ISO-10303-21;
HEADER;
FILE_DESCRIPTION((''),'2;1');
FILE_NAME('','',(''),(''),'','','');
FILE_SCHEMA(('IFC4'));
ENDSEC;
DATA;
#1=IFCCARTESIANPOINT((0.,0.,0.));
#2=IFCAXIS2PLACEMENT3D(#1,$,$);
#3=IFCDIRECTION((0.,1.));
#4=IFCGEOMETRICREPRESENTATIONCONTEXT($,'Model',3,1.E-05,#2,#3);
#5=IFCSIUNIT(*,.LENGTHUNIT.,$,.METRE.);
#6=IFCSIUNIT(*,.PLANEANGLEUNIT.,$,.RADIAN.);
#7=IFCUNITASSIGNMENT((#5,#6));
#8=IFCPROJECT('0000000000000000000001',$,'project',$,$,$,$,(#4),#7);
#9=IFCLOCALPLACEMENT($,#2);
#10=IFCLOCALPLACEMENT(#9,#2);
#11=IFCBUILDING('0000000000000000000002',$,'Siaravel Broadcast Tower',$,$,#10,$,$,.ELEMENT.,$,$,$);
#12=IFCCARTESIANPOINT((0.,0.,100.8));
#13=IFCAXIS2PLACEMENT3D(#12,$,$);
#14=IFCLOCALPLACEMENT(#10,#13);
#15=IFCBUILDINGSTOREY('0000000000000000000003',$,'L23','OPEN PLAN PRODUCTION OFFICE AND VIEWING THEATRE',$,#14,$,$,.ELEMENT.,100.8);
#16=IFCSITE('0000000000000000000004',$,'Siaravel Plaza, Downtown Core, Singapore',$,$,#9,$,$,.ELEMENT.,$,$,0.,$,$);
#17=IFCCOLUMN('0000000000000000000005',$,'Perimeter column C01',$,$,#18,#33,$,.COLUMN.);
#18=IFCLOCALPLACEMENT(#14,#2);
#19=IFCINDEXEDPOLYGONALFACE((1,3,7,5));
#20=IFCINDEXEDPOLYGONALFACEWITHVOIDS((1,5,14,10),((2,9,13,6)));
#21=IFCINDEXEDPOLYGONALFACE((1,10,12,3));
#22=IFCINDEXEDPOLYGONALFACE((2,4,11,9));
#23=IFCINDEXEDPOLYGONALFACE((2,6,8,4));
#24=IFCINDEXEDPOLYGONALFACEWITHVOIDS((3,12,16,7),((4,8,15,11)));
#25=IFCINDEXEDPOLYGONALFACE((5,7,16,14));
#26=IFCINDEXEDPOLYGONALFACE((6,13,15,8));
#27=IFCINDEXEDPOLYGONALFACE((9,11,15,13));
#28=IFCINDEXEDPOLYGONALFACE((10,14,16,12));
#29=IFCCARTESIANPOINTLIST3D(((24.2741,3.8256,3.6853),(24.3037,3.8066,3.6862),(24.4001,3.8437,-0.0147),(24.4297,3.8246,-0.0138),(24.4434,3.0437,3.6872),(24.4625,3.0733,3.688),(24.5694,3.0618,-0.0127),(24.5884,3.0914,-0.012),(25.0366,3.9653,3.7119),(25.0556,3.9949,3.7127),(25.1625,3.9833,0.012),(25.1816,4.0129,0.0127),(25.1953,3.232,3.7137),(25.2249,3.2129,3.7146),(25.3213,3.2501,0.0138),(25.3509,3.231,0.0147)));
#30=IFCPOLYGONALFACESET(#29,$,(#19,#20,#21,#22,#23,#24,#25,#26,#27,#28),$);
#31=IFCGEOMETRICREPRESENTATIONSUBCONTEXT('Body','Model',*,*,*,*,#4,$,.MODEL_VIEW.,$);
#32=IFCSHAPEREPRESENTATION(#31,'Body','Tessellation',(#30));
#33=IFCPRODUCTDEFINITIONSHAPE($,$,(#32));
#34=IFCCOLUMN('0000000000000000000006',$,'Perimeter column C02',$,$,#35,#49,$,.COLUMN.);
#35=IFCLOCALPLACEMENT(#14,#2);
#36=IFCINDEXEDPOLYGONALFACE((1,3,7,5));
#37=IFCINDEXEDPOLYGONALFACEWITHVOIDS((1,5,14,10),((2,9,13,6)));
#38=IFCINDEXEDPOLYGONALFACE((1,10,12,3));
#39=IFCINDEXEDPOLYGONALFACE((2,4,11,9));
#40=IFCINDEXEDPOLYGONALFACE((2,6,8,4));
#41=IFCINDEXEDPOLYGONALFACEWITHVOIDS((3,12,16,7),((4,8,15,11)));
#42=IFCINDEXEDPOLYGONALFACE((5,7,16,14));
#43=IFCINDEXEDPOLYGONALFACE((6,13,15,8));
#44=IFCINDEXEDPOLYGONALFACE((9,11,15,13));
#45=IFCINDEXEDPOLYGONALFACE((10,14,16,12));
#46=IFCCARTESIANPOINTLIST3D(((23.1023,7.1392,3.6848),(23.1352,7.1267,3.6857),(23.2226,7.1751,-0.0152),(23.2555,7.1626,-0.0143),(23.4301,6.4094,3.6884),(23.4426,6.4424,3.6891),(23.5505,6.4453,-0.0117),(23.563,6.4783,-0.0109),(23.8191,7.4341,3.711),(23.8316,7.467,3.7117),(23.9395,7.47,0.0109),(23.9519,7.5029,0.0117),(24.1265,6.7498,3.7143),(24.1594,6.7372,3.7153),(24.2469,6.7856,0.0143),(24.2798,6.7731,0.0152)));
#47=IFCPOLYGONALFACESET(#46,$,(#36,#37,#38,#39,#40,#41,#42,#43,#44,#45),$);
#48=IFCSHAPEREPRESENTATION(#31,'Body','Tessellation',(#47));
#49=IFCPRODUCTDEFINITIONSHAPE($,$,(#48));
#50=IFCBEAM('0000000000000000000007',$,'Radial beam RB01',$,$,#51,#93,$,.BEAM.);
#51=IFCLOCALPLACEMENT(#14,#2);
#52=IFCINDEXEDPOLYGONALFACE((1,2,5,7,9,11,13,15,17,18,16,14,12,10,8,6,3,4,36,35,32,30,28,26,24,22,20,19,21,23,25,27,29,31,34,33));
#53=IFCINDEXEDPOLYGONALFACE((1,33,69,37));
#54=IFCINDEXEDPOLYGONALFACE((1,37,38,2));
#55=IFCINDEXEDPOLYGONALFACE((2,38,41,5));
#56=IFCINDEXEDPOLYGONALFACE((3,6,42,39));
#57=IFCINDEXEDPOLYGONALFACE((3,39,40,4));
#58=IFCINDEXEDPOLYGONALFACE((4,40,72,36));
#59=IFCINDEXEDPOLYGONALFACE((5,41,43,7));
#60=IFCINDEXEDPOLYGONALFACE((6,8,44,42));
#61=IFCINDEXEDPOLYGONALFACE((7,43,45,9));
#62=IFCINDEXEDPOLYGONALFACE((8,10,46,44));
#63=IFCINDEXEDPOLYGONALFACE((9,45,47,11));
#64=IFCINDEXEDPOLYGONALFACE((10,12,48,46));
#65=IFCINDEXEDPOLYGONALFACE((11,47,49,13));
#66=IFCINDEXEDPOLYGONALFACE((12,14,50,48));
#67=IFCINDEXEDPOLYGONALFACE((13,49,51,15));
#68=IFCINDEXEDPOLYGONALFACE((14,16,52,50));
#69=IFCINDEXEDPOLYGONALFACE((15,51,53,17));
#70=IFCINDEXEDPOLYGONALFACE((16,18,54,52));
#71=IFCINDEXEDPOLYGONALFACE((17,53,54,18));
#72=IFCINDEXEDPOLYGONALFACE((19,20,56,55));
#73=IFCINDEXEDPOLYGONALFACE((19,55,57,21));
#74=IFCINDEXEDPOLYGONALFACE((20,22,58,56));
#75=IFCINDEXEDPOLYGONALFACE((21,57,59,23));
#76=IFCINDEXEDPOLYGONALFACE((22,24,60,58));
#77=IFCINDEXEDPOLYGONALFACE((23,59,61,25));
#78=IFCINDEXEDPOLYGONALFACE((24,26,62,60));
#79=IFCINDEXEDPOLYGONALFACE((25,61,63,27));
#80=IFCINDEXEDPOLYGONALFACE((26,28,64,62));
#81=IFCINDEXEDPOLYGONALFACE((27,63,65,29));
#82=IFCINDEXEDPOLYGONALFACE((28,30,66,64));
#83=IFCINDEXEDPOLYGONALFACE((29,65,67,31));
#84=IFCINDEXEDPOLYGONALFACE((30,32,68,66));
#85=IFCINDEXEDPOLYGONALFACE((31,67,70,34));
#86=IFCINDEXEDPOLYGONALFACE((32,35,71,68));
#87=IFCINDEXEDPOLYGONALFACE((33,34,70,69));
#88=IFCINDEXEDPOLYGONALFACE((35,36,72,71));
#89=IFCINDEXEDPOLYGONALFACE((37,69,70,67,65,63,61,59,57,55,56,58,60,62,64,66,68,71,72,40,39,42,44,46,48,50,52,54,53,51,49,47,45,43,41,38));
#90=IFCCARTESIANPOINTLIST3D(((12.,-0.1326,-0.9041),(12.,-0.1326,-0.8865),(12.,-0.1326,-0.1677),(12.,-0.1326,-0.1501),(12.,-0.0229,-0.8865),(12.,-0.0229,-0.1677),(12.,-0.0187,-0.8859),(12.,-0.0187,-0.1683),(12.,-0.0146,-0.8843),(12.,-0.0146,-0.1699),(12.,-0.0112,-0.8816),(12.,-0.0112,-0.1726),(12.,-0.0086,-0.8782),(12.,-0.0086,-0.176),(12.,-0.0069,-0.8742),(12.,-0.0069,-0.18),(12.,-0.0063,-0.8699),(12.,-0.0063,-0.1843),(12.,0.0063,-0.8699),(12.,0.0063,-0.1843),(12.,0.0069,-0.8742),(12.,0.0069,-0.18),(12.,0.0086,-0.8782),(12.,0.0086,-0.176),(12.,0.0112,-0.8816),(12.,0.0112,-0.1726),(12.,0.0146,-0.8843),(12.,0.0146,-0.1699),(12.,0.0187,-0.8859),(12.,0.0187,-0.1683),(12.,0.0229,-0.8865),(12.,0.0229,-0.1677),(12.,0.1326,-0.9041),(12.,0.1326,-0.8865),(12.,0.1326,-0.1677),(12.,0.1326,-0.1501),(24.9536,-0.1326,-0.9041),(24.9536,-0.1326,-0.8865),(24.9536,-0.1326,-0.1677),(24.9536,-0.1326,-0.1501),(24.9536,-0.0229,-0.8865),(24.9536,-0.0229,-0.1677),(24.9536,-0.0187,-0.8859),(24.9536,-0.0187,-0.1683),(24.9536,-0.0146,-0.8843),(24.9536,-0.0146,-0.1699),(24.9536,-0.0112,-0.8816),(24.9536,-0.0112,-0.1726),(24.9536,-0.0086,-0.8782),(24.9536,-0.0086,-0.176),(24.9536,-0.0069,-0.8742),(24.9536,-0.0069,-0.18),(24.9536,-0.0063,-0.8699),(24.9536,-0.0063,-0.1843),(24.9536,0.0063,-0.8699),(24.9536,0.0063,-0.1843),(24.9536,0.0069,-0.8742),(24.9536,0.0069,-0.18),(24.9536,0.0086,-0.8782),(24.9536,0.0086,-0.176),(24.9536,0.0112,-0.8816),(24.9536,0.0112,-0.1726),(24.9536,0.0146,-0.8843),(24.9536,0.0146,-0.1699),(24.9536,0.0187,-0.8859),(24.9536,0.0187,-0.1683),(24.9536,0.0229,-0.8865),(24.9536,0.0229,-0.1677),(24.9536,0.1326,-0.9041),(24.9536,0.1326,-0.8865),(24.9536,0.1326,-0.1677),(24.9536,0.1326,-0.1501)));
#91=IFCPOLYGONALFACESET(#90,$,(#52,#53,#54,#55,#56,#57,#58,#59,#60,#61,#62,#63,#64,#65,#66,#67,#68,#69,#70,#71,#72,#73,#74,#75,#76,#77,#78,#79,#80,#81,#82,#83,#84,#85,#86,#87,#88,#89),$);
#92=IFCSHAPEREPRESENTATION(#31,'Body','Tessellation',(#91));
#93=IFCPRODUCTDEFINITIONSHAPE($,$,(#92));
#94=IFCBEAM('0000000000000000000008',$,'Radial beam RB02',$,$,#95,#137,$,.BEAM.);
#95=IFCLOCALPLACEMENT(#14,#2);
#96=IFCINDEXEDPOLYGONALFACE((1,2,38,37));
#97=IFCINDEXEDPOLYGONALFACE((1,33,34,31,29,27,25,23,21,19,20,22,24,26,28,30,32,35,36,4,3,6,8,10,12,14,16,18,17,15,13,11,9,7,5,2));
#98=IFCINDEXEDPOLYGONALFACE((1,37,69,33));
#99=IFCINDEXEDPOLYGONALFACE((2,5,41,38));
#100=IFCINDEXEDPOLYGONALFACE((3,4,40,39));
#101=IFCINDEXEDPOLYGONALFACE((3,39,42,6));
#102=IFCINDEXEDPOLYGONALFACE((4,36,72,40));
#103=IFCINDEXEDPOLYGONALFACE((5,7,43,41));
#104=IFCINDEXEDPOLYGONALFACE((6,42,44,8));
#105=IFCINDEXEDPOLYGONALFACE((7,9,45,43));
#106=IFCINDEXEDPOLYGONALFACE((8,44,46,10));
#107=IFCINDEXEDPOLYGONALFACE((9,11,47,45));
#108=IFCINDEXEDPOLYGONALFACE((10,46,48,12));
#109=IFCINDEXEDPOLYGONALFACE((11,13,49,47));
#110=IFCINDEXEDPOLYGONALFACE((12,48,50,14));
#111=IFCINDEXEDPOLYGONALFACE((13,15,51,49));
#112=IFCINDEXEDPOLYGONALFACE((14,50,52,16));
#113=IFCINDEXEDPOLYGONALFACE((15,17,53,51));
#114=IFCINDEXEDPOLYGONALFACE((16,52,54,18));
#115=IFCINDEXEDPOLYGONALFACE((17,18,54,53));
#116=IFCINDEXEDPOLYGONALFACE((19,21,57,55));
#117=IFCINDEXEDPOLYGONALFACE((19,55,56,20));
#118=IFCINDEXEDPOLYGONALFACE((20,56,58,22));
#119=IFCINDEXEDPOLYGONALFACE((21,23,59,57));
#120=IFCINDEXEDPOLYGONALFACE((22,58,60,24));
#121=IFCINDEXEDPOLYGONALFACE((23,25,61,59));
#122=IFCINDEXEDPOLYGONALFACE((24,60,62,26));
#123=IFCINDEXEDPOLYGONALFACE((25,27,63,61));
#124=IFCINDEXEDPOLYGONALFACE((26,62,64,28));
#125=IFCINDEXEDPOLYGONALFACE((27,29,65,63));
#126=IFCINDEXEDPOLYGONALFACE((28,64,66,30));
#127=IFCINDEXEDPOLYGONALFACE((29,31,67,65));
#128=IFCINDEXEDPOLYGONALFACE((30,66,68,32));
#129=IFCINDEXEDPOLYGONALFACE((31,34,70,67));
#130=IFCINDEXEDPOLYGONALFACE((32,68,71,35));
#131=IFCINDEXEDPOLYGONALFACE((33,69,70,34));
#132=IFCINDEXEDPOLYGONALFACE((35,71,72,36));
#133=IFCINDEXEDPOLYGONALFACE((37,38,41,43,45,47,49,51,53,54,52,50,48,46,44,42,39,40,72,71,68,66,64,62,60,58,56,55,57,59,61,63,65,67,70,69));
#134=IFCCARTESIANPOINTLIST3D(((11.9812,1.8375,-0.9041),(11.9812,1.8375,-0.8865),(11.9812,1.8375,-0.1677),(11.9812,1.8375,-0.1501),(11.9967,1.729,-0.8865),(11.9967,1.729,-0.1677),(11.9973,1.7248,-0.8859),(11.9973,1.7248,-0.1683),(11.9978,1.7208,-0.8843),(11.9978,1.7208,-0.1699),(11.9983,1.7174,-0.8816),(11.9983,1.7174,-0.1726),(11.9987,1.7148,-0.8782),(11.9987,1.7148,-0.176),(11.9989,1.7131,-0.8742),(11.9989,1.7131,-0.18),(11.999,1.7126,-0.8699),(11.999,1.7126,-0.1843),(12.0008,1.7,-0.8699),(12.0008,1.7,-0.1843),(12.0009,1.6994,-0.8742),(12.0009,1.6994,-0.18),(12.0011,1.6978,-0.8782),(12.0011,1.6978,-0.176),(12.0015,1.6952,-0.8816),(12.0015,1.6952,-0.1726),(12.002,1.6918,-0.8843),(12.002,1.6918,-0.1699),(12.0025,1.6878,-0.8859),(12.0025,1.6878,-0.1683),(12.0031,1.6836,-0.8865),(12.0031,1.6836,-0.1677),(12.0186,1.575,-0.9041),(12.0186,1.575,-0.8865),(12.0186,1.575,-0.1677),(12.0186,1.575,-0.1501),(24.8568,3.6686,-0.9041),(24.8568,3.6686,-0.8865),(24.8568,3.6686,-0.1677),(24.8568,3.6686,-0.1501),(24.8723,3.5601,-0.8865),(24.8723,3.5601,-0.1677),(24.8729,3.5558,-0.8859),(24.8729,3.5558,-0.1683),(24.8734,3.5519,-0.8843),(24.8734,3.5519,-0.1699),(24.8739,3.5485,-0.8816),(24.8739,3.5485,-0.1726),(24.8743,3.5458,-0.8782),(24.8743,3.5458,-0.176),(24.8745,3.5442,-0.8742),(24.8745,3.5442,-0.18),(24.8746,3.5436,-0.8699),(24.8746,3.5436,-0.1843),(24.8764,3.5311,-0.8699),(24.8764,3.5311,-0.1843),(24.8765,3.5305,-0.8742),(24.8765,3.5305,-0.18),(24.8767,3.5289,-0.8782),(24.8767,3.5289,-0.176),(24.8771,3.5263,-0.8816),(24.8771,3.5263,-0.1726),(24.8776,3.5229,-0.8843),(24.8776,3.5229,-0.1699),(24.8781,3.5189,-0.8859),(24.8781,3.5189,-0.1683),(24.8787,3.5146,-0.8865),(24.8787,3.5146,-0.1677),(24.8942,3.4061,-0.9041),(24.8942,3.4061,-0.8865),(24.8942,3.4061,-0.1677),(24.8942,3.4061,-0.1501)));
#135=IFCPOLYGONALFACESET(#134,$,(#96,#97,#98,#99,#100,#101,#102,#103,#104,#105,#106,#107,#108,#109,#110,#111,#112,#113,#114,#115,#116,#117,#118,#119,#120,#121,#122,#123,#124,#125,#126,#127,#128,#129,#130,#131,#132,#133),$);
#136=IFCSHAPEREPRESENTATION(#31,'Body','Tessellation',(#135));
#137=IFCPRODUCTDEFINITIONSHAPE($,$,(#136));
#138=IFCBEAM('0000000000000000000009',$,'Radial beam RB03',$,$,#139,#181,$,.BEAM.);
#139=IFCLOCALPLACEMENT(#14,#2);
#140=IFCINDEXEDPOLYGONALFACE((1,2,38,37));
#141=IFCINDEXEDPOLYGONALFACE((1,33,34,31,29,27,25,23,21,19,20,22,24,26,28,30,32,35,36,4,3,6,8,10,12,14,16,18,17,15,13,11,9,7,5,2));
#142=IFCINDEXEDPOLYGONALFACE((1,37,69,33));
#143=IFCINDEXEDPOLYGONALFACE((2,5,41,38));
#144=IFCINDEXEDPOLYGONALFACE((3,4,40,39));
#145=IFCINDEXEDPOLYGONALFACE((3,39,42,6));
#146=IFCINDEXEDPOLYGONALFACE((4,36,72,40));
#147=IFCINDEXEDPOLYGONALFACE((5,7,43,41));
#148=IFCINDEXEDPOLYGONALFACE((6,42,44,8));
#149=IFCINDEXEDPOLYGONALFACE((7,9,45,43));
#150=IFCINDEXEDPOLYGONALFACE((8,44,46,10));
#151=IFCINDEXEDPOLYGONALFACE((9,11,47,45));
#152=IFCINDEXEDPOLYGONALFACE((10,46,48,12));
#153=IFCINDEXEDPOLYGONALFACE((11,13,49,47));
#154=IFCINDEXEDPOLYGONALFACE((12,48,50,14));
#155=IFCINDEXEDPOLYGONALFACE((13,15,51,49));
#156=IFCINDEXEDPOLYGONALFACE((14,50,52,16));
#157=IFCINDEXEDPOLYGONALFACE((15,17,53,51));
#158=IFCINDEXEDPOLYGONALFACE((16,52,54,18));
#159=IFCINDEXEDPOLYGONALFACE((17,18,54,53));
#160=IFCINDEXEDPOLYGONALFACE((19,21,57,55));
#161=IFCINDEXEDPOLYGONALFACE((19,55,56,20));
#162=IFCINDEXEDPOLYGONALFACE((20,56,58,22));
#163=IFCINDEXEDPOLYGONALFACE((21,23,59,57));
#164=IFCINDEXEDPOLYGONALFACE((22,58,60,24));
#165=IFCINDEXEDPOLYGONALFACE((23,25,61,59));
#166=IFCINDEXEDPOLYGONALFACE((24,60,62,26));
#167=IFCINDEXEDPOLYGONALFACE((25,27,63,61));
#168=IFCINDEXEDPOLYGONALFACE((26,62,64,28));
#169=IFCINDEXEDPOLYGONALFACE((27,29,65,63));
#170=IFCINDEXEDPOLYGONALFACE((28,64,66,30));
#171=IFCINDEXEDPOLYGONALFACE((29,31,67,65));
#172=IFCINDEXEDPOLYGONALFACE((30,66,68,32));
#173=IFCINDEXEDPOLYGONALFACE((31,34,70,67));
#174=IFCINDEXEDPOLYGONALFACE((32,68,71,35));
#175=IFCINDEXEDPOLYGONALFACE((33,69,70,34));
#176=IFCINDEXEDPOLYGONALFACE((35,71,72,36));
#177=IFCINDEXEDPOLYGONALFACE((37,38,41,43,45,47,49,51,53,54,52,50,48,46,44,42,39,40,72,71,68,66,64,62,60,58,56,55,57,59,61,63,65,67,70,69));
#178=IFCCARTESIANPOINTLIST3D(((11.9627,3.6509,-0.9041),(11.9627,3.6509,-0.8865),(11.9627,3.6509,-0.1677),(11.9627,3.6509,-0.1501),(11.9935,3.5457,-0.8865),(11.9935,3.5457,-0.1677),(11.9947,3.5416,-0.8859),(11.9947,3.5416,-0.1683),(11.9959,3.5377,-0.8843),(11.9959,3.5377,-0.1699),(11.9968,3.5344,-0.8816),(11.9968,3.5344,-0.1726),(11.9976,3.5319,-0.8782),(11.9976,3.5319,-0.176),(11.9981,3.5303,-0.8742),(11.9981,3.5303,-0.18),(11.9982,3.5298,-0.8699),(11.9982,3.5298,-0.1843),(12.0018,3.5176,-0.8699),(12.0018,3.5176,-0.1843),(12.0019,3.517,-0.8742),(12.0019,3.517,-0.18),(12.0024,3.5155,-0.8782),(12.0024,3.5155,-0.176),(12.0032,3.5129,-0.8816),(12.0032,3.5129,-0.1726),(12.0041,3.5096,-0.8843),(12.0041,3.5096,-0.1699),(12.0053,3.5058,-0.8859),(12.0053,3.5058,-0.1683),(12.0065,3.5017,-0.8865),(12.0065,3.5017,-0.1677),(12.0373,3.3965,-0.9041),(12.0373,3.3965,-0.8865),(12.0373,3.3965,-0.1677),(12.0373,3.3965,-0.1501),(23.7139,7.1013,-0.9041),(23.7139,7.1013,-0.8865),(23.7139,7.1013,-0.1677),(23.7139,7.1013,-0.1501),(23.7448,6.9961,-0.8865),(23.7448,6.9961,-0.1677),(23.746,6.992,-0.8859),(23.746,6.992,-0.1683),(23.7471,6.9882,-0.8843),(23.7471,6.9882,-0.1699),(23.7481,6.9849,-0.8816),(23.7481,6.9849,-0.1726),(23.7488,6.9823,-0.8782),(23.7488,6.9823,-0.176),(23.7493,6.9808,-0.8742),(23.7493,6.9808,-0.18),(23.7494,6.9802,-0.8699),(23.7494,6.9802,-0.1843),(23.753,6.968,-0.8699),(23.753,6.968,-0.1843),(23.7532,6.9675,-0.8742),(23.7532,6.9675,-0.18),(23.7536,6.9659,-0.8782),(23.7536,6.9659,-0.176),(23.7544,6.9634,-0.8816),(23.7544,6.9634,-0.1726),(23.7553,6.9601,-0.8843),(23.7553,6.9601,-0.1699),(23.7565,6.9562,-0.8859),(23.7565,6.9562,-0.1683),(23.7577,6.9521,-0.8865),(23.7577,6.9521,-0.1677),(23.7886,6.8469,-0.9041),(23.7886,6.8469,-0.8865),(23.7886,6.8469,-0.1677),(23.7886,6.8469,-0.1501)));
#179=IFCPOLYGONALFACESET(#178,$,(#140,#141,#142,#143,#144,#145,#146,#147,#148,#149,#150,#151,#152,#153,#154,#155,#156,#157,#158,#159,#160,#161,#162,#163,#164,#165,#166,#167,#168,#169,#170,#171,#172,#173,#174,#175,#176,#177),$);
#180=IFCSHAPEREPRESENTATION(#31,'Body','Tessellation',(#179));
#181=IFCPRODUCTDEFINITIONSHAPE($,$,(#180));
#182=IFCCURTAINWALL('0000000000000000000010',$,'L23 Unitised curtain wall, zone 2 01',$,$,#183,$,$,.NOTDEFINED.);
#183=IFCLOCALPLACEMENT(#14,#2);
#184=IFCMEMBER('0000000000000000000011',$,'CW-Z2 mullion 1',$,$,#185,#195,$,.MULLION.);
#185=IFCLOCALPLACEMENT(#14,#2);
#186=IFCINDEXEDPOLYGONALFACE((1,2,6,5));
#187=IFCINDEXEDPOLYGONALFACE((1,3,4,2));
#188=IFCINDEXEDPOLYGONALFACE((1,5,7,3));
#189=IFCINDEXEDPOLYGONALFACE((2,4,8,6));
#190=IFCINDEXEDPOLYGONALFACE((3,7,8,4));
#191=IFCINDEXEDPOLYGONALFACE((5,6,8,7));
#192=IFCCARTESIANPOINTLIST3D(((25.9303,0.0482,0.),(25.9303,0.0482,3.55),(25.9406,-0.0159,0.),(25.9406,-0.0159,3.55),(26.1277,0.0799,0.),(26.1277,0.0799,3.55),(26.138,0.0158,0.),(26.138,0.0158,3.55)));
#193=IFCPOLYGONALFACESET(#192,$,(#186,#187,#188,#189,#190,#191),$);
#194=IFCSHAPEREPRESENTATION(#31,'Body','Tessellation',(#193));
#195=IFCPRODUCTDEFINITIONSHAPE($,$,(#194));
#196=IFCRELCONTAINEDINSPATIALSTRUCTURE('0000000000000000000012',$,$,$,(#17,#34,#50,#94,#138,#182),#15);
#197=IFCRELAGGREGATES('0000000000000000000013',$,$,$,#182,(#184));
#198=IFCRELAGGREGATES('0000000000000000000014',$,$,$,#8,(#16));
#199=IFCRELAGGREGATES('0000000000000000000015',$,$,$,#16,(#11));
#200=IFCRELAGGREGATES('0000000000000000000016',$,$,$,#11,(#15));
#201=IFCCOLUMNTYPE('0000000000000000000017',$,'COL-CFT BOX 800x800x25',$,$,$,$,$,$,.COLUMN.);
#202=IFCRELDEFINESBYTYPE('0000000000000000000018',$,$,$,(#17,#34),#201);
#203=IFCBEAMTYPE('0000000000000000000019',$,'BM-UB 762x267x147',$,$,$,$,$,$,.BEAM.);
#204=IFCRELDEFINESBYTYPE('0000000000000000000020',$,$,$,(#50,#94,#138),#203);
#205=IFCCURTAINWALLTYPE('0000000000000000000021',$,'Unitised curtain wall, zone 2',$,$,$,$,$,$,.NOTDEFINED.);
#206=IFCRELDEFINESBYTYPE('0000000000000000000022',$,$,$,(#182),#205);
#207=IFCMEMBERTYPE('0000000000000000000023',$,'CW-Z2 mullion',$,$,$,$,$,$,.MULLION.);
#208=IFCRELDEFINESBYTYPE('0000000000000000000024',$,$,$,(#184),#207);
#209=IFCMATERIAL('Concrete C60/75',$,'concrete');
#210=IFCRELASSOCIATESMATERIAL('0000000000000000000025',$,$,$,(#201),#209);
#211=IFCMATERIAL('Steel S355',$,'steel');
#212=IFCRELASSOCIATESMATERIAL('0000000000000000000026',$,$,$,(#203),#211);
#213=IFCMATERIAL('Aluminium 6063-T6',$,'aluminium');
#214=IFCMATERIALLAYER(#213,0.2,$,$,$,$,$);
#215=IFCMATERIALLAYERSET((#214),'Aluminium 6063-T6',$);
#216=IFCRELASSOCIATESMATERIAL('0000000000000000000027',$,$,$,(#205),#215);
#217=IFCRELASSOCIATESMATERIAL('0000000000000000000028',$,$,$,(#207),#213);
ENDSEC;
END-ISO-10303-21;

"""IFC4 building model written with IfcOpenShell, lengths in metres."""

from ifc_helpers import new_model, si_unit, direction, frame, origin, origin_2d, place, context, subcontext, project, spatial, rectangle, hollow_rectangle, i_section, extrude, material, layer, layer_set, material_profile, profile_set, type_object, element, aggregate, save


model = new_model("IFC4")

# Units and contexts
model_context = context("Model", 3, precision=1e-05, world=origin(), true_north=direction((0.0, 1.0)))
body_context = subcontext(model_context, "Body", "Model", "MODEL_VIEW")
ifc_project = project(units=[si_unit("LENGTHUNIT", "METRE"), si_unit("PLANEANGLEUNIT", "RADIAN")], contexts=[model_context])

# Site, building, storey
site_placement = place(None, origin())
site = spatial("IfcSite", under=ifc_project, at=site_placement, Name="Siaravel Plaza, Downtown Core, Singapore", CompositionType="ELEMENT", RefElevation=0.0)
building_placement = place(site_placement, origin())
building = spatial("IfcBuilding", under=site, at=building_placement, Name="Siaravel Broadcast Tower", CompositionType="ELEMENT")
storey_placement = place(building_placement, frame((0.0, 0.0, 100.8)))
storey = spatial("IfcBuildingStorey", under=building, at=storey_placement, Name="L23", Description="OPEN PLAN PRODUCTION OFFICE AND VIEWING THEATRE", CompositionType="ELEMENT", Elevation=100.8)

# Columns
ifc_material_1 = material(Name="Concrete C60/75", Category="concrete")
ifc_material_profile_1 = material_profile(ifc_material_1, hollow_rectangle(XDim=0.8, YDim=0.8, WallThickness=0.0249, at=origin_2d()))
ifc_profile_set_1 = profile_set([ifc_material_profile_1], Name="Concrete C60/75")
column_type = type_object("IfcColumnType", Name="COL-CFT BOX 800x800x25", PredefinedType="COLUMN", material=ifc_profile_set_1)
for number, where, z_axis, x_axis, name in (
    (1, (24.8755, 3.5374, 0.0), (-0.034028, -0.00488, 0.999409), (0.21156, -0.977362, 0.002431), "Perimeter column C01"),
    (2, (23.7512, 6.9741, 0.0), (-0.032512, -0.009694, 0.999424), (0.409806, -0.912162, 0.004483), "Perimeter column C02"),
):
    element("IfcColumn", number, at=place(storey_placement, frame(where, z_axis=z_axis, x_axis=x_axis)), inside=storey, type_object=column_type, Name=name, PredefinedType="COLUMN", context=body_context, shape_type="SweptSolid", body=[
        extrude(hollow_rectangle(XDim=0.8, YDim=0.8, WallThickness=0.0249, at=origin_2d()), origin(), (0.0, 0.0, 1.0), 3.7021),
    ])

# Beams
ifc_material_2 = material(Name="Steel S355", Category="steel")
ifc_material_profile_2 = material_profile(ifc_material_2, i_section(OverallWidth=0.2651, OverallDepth=0.7539, WebThickness=0.0127, FlangeThickness=0.0176, FilletRadius=0.0166, at=origin_2d()))
ifc_profile_set_2 = profile_set([ifc_material_profile_2], Name="Steel S355")
beam_type = type_object("IfcBeamType", Name="BM-UB 762x267x147", PredefinedType="BEAM", material=ifc_profile_set_2)
beam_1_placement = place(storey_placement, frame((24.9536, 0.0, -0.5271), z_axis=(-1.0, 0.0, 0.0), x_axis=(0.0, -1.0, 0.0)))
element("IfcBeam", 3, at=beam_1_placement, inside=storey, type_object=beam_type, Name="Radial beam RB01", PredefinedType="BEAM", context=body_context, shape_type="SweptSolid", body=[
    extrude(i_section(OverallWidth=0.2651, OverallDepth=0.7539, WebThickness=0.0127, FlangeThickness=0.0176, FilletRadius=0.0166, at=origin_2d()), origin(), (0.0, 0.0, 1.0), 12.9536),
])
beam_2_placement = place(storey_placement, frame((24.8755, 3.5374, -0.5271), z_axis=(-0.990039, -0.140796, 0.0), x_axis=(0.140796, -0.990039, 0.0)))
element("IfcBeam", 4, at=beam_2_placement, inside=storey, type_object=beam_type, Name="Radial beam RB02", PredefinedType="BEAM", context=body_context, shape_type="SweptSolid", body=[
    extrude(i_section(OverallWidth=0.2651, OverallDepth=0.7539, WebThickness=0.0127, FlangeThickness=0.0176, FilletRadius=0.0166, at=origin_2d()), origin(), (0.0, 0.0, 1.0), 13.0051),
])
beam_3_placement = place(storey_placement, frame((23.7512, 6.9741, -0.5271), z_axis=(-0.959494, -0.28173, 0.0), x_axis=(0.28173, -0.959494, 0.0)))
element("IfcBeam", 5, at=beam_3_placement, inside=storey, type_object=beam_type, Name="Radial beam RB03", PredefinedType="BEAM", context=body_context, shape_type="SweptSolid", body=[
    extrude(i_section(OverallWidth=0.2651, OverallDepth=0.7539, WebThickness=0.0127, FlangeThickness=0.0176, FilletRadius=0.0166, at=origin_2d()), origin(), (0.0, 0.0, 1.0), 12.2473),
])

# Curtain wall, member
ifc_material_3 = material(Name="Aluminium 6063-T6", Category="aluminium")
ifc_layer_1 = layer(ifc_material_3, 0.2)
ifc_layer_set_1 = layer_set([ifc_layer_1], Name="Aluminium 6063-T6")
curtain_wall_type = type_object("IfcCurtainWallType", Name="Unitised curtain wall, zone 2", PredefinedType="NOTDEFINED", material=ifc_layer_set_1)
curtain_wall_placement = place(storey_placement, origin())
curtain_wall = element("IfcCurtainWall", 6, at=curtain_wall_placement, inside=storey, type_object=curtain_wall_type, Name="L23 Unitised curtain wall, zone 2 01", PredefinedType="NOTDEFINED")
ifc_material_profile_3 = material_profile(ifc_material_3, rectangle(XDim=0.2, YDim=0.0649, at=origin_2d()))
ifc_profile_set_3 = profile_set([ifc_material_profile_3], Name="Aluminium 6063-T6")
member_type_1 = type_object("IfcMemberType", Name="CW-Z2 mullion", PredefinedType="MULLION", material=ifc_profile_set_3)
member_1_placement = place(storey_placement, frame((26.0342, 0.032, 0.0), z_axis=(0.0, 0.0, 1.0), x_axis=(-0.987329, -0.158686, 0.0)))
member_1 = element("IfcMember", 7, at=member_1_placement, type_object=member_type_1, Name="CW-Z2 mullion 1", PredefinedType="MULLION", context=body_context, shape_type="SweptSolid", body=[
    extrude(rectangle(XDim=0.2, YDim=0.0649, at=origin_2d()), origin(), (0.0, 0.0, 1.0), 3.55),
])
aggregate(curtain_wall, [member_1])

save(model, "model.ifc")
